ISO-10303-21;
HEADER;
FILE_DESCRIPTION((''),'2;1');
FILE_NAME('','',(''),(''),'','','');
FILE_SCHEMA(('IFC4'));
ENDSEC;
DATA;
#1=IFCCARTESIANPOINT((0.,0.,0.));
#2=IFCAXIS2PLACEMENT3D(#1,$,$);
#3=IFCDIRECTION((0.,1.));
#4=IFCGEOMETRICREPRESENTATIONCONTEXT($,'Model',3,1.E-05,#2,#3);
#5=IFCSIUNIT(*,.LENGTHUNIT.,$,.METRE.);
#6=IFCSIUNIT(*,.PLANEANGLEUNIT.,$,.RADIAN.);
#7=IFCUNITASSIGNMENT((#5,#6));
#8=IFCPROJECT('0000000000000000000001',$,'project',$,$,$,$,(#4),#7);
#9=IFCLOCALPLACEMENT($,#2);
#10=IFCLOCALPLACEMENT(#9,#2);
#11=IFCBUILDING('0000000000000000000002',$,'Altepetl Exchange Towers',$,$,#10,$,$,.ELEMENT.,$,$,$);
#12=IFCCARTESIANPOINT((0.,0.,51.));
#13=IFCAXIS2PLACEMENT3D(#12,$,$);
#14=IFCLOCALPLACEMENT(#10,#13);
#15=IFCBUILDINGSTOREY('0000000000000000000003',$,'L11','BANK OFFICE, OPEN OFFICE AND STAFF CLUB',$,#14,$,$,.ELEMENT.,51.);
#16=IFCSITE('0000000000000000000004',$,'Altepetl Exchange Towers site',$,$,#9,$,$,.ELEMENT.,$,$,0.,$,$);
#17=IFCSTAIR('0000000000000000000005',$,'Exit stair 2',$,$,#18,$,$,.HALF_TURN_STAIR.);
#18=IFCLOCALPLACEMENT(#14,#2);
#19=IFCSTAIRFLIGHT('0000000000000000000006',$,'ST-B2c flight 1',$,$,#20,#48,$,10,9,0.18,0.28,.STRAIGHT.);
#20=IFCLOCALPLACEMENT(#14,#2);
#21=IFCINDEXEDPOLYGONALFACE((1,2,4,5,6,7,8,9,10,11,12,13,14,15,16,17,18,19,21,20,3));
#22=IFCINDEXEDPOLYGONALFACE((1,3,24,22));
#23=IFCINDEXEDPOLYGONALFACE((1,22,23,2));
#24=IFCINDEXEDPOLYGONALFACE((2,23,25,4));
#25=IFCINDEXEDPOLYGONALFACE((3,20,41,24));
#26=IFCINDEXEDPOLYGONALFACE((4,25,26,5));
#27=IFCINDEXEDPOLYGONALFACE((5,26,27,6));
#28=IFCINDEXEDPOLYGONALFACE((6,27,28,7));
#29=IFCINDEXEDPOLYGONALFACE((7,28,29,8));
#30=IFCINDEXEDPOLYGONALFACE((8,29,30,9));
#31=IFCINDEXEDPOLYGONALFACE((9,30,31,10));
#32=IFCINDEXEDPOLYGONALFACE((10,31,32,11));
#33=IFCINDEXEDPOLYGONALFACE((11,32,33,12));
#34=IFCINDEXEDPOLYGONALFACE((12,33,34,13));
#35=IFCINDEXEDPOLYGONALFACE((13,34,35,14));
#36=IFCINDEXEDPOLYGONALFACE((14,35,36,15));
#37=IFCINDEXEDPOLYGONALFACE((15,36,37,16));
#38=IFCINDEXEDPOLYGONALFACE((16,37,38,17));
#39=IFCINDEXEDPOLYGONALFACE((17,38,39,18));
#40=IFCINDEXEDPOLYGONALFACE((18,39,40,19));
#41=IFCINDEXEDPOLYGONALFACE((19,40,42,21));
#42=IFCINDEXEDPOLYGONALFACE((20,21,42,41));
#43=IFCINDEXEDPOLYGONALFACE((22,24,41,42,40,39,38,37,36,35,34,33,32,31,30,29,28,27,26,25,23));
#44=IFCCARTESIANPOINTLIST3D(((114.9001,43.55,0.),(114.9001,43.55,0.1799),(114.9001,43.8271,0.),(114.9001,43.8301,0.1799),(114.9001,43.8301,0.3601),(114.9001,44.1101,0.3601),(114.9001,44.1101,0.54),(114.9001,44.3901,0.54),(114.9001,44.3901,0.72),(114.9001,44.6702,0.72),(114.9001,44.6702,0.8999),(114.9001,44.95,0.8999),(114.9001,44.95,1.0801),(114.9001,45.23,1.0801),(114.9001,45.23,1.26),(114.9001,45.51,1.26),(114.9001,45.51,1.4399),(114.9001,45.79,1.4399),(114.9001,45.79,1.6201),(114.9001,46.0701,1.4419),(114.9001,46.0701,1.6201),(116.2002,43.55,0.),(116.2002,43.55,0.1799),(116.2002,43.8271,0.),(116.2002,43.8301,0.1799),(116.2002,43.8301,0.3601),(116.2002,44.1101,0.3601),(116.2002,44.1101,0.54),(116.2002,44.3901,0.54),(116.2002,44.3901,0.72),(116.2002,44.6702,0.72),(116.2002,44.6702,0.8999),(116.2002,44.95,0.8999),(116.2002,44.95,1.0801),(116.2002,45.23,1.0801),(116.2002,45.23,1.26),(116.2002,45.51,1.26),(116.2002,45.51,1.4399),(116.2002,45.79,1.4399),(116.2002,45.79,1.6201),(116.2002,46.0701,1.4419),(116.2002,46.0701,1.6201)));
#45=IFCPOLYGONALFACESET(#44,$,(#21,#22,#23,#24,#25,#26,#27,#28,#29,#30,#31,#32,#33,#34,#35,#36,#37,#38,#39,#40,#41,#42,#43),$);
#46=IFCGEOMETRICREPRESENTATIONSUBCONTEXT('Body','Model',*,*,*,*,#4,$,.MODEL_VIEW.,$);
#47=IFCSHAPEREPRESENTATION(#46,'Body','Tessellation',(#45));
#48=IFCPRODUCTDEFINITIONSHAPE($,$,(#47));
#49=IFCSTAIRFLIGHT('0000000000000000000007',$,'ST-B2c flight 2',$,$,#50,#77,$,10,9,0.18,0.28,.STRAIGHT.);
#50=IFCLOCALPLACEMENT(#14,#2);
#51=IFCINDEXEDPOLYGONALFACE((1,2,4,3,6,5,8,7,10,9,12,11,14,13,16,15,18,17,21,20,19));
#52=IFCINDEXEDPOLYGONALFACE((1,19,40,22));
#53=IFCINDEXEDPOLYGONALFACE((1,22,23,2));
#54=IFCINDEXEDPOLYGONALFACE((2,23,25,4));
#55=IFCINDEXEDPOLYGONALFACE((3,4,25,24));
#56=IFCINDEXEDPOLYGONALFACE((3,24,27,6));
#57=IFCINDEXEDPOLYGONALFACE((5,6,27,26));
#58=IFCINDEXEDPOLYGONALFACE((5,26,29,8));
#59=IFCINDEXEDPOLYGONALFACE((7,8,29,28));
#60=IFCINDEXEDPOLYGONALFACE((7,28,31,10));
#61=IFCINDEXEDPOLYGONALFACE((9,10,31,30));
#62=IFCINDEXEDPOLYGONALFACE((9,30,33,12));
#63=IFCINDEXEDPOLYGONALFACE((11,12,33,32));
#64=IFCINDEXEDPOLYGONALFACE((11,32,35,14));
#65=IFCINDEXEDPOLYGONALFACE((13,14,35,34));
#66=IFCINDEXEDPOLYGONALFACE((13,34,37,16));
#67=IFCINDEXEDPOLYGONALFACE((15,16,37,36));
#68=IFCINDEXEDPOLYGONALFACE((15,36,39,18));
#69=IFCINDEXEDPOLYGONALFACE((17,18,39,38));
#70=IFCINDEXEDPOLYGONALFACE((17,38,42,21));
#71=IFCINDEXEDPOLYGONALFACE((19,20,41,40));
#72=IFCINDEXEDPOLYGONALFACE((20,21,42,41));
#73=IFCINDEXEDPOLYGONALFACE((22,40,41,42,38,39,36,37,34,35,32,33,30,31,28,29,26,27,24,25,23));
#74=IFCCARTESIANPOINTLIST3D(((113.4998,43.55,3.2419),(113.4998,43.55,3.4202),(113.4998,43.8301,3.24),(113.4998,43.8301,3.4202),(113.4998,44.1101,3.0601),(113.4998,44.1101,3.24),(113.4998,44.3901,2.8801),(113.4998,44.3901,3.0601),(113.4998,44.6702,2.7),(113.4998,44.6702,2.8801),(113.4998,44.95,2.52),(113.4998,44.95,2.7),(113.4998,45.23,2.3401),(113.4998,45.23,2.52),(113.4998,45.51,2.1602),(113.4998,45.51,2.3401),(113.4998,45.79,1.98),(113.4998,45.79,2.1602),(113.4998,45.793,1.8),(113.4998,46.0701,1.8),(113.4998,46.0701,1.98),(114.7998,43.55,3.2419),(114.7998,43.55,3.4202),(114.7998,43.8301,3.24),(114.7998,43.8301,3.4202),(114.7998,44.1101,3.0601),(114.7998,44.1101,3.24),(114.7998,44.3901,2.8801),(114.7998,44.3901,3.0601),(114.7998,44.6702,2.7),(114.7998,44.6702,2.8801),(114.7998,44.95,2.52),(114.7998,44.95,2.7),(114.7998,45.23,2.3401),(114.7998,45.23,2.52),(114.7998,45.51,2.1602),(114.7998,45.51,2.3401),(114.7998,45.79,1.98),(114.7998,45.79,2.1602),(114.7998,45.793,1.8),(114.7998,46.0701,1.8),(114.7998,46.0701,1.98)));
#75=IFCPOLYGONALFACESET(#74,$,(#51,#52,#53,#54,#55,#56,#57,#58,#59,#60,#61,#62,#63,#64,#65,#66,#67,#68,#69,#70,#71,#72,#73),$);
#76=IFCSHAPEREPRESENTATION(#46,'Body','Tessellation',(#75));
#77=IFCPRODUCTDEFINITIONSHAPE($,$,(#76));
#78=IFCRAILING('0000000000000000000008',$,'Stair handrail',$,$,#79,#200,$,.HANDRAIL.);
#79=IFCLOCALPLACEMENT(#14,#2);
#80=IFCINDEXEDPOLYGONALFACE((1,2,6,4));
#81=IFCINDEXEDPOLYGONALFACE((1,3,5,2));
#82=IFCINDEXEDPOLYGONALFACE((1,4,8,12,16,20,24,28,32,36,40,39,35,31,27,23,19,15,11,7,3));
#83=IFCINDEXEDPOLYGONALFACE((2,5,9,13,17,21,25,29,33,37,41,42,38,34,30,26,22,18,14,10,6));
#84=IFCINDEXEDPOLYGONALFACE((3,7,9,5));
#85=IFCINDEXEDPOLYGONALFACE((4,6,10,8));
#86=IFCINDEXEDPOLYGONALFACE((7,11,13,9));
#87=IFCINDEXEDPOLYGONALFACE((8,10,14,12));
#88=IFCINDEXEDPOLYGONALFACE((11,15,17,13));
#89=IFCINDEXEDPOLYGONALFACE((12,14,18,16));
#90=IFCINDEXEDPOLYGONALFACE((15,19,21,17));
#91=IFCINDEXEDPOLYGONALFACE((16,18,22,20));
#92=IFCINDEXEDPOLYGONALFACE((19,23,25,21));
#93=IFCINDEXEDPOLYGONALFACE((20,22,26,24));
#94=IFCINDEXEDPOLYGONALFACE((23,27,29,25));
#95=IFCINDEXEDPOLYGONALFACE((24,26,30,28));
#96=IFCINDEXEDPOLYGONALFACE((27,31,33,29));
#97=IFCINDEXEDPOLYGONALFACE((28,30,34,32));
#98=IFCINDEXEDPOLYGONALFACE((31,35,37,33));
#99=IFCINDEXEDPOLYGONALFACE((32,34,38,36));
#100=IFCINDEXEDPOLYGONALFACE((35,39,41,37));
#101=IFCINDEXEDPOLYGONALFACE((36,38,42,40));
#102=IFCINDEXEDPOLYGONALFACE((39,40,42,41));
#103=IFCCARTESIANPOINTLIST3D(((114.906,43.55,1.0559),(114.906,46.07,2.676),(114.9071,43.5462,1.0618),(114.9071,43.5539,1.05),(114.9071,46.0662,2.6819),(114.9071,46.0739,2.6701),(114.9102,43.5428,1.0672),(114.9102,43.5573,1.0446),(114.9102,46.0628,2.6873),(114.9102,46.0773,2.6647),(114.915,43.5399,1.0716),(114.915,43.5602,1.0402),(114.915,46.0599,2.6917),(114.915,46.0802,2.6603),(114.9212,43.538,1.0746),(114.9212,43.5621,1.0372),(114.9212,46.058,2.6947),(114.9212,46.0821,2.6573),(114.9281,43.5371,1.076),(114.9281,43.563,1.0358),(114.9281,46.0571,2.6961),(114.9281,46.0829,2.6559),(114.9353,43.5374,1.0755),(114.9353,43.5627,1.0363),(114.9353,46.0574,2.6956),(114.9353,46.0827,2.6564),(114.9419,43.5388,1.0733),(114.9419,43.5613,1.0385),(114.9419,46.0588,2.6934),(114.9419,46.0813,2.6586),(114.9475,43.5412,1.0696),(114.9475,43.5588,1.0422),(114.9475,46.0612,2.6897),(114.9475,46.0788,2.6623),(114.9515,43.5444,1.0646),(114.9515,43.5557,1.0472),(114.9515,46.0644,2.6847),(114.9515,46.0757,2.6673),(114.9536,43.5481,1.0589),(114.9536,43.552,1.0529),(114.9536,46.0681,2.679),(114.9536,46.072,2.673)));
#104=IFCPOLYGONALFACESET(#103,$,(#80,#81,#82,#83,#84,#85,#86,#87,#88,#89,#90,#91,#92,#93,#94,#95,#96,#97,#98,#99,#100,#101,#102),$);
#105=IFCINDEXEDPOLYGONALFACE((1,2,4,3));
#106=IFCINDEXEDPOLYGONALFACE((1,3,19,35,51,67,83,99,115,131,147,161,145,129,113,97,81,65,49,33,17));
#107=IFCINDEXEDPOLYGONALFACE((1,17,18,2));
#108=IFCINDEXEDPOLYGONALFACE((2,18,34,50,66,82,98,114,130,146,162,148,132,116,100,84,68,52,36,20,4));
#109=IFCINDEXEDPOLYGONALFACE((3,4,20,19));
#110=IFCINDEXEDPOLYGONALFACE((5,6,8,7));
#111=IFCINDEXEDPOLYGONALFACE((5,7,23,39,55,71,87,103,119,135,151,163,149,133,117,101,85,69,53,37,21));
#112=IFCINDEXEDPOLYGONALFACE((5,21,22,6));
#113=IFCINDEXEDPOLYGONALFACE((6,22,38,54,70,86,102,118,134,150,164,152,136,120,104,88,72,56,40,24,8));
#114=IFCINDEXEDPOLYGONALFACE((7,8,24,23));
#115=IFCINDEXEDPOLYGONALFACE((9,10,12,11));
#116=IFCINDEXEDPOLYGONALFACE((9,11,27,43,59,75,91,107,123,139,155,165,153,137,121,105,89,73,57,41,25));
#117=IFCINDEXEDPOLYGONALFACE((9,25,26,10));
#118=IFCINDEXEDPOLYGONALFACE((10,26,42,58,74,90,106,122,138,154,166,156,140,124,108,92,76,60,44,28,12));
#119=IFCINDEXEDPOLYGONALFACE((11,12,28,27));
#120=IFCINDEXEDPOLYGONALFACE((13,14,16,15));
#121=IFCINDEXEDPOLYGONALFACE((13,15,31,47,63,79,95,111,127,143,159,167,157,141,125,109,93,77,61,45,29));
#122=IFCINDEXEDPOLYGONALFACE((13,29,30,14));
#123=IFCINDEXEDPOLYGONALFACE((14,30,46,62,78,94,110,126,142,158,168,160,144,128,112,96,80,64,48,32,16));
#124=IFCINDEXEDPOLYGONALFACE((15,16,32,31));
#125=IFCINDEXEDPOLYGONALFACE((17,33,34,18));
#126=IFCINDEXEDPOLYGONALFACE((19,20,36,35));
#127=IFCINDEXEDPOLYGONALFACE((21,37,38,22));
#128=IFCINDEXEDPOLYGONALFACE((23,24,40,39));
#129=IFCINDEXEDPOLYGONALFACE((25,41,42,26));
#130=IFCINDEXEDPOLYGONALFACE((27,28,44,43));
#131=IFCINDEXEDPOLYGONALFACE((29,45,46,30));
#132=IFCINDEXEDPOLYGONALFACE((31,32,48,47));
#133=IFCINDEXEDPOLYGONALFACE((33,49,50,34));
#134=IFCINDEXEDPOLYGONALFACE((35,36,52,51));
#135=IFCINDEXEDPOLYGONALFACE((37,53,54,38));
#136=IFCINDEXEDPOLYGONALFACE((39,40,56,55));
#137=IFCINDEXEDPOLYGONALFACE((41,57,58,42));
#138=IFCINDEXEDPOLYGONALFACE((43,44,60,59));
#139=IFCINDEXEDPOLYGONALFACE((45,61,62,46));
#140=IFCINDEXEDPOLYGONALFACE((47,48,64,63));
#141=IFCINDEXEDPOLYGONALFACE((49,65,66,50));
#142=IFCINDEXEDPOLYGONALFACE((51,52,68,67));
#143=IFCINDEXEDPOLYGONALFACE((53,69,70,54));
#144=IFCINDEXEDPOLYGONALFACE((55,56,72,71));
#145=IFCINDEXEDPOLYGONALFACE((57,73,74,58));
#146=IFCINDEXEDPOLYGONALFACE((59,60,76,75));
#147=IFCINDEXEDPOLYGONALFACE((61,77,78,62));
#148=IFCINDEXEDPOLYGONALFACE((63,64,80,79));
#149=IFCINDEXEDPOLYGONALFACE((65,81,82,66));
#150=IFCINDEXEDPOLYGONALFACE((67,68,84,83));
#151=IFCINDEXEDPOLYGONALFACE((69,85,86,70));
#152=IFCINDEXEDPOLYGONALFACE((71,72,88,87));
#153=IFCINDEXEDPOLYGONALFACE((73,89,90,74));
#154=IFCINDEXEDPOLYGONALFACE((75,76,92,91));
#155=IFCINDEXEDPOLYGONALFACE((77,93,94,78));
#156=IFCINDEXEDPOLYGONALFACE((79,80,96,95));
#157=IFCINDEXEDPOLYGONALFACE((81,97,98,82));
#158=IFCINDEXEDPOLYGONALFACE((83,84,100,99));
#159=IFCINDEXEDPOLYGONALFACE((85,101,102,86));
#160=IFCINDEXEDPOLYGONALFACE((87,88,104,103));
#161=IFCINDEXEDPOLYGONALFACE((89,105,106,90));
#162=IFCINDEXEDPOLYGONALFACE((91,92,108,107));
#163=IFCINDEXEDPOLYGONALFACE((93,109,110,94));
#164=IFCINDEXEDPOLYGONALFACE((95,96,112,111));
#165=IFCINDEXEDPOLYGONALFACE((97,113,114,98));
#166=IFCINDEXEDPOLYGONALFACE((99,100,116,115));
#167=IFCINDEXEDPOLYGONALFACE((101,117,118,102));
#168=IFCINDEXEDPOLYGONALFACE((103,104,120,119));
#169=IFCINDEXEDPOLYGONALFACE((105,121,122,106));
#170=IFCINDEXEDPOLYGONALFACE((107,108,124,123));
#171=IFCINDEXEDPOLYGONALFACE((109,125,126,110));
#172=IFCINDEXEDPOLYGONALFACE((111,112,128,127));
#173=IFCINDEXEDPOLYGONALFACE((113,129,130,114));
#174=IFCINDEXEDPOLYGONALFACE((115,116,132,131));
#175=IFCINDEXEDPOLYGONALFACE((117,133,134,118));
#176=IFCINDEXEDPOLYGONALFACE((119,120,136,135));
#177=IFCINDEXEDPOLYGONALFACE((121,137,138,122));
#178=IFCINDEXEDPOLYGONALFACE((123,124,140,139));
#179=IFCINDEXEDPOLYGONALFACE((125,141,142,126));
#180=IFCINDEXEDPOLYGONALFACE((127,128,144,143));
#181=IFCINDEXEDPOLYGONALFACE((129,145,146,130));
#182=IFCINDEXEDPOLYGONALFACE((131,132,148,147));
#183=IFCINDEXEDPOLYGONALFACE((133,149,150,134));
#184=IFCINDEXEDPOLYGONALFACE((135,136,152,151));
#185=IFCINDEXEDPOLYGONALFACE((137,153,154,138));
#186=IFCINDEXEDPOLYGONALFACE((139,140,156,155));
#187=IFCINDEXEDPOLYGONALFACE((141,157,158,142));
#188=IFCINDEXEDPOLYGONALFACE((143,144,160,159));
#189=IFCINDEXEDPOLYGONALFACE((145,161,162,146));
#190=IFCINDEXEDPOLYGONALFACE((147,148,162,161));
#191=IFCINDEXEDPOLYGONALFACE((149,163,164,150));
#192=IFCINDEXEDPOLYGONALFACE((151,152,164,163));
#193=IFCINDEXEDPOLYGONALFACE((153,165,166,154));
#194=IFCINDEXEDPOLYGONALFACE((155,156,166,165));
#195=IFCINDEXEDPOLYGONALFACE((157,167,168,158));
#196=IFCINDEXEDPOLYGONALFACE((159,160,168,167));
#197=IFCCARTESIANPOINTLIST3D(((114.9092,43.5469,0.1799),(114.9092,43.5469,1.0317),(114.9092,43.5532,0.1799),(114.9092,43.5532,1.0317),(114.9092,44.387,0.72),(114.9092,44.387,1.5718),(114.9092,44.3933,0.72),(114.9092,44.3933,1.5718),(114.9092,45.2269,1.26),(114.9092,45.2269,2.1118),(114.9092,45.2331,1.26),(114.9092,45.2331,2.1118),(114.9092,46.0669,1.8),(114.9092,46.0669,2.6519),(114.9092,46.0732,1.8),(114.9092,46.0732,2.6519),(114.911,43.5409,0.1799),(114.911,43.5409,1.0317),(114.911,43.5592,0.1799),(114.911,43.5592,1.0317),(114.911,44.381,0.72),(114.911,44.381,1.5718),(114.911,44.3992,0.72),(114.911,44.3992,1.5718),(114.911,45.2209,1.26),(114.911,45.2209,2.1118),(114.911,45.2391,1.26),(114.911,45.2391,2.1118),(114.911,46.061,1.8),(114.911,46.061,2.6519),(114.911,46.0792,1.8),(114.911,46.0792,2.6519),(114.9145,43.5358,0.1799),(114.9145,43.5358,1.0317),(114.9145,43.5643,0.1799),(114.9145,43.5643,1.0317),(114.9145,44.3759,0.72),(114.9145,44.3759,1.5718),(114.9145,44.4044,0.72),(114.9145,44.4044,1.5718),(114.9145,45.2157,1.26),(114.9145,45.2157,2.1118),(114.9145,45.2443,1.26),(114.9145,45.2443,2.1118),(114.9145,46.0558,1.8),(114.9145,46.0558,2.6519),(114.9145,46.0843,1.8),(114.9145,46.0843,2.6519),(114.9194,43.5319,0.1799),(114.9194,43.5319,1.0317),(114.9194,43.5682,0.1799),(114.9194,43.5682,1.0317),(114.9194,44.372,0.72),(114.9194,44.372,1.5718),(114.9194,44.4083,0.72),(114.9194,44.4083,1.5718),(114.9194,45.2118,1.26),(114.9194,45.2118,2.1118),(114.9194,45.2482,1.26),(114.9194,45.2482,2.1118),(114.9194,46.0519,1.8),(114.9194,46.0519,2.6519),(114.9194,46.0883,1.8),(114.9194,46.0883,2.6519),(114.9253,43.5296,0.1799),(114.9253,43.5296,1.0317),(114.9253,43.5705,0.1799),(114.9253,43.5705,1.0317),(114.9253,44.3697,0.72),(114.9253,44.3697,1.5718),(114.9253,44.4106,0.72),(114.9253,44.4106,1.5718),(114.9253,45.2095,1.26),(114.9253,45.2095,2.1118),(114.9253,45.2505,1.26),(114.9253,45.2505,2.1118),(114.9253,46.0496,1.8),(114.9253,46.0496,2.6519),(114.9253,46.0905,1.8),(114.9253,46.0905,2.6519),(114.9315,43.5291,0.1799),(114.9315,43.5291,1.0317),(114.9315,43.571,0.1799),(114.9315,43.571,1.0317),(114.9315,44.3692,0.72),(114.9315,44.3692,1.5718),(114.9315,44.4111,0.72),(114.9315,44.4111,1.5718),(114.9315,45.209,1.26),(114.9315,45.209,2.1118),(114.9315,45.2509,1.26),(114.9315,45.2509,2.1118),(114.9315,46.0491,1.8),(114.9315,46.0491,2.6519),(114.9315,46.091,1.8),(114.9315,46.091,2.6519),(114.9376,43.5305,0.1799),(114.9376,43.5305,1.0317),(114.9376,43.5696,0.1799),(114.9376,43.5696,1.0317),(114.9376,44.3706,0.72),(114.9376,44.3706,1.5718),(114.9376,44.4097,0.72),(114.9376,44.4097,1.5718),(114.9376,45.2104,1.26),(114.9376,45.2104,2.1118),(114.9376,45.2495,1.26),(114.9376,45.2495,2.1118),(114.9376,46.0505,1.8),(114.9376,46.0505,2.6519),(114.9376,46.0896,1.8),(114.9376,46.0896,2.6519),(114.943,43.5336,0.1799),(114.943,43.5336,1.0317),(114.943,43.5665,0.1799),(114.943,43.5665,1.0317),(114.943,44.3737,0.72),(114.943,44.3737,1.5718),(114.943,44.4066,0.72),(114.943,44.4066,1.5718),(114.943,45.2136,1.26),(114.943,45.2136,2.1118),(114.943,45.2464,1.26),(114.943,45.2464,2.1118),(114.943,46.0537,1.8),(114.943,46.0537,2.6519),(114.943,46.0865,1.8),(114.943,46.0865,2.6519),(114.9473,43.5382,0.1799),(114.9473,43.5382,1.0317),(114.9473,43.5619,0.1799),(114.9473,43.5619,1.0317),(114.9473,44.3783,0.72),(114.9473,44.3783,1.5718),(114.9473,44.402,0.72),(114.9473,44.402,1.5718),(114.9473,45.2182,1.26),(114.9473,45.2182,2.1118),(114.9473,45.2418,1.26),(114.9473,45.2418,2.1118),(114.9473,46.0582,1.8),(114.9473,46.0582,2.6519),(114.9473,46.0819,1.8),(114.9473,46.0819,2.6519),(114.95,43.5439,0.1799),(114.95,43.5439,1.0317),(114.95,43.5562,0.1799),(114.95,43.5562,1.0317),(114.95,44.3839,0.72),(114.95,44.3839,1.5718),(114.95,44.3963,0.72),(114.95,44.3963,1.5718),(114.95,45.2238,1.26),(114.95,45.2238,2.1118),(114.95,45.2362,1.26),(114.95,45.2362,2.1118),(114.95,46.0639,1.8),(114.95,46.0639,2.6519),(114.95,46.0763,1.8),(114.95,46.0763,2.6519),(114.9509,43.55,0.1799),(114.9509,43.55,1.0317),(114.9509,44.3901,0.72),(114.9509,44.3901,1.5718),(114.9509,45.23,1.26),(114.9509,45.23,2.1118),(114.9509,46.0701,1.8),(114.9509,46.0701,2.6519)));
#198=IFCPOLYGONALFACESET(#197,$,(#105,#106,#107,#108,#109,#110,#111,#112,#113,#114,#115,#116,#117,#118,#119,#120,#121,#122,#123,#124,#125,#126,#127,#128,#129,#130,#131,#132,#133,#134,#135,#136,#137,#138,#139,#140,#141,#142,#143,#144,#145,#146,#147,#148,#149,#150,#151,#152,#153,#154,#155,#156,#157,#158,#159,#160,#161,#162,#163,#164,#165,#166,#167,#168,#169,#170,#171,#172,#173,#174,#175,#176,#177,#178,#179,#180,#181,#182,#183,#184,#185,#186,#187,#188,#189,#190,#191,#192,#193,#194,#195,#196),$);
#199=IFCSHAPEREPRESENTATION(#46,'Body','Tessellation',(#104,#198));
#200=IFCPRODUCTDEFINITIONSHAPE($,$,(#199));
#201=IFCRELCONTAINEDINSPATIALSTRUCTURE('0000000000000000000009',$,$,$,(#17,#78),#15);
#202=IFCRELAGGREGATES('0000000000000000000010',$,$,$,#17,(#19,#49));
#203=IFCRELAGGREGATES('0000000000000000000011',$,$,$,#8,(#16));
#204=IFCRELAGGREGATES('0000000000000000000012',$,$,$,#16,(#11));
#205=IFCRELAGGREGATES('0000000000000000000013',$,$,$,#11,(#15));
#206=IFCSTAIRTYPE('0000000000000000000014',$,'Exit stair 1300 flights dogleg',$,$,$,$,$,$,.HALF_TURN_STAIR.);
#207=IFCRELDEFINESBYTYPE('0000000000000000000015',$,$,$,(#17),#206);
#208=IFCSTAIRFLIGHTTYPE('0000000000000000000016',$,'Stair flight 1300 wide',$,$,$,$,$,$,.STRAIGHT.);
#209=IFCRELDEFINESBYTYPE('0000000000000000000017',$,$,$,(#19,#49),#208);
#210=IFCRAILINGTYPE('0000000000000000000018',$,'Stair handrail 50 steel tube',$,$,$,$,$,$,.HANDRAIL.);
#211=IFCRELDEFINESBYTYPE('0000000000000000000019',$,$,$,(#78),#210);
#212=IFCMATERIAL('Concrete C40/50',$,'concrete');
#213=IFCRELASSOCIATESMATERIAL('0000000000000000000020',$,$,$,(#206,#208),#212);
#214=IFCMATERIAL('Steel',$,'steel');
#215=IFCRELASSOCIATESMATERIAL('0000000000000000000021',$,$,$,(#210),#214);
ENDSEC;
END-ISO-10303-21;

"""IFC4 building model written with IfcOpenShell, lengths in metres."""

from ifc_helpers import new_model, si_unit, direction, frame, origin, origin_2d, place, context, subcontext, project, spatial, polyline, circle, outline, extrude, source, transform, mapped, material, type_object, element, aggregate, save


model = new_model("IFC4")

# Units and contexts
model_context = context("Model", 3, precision=1e-05, world=origin(), true_north=direction((0.0, 1.0)))
body_context = subcontext(model_context, "Body", "Model", "MODEL_VIEW")
ifc_project = project(units=[si_unit("LENGTHUNIT", "METRE"), si_unit("PLANEANGLEUNIT", "RADIAN")], contexts=[model_context])

# Site, building, storey
site_placement = place(None, origin())
site = spatial("IfcSite", under=ifc_project, at=site_placement, Name="Altepetl Exchange Towers site", CompositionType="ELEMENT", RefElevation=0.0)
building_placement = place(site_placement, origin())
building = spatial("IfcBuilding", under=site, at=building_placement, Name="Altepetl Exchange Towers", CompositionType="ELEMENT")
storey_placement = place(building_placement, frame((0.0, 0.0, 51.0)))
storey = spatial("IfcBuildingStorey", under=building, at=storey_placement, Name="L11", Description="BANK OFFICE, OPEN OFFICE AND STAFF CLUB", CompositionType="ELEMENT", Elevation=51.0)

# Shared definitions
ifc_material_1 = material(Name="Concrete C40/50", Category="concrete")

# Stair, stair flights
stair_type = type_object("IfcStairType", Name="Exit stair 1300 flights dogleg", PredefinedType="HALF_TURN_STAIR", material=ifc_material_1)
stair_placement = place(storey_placement, origin())
stair = element("IfcStair", 1, at=stair_placement, inside=storey, type_object=stair_type, Name="Exit stair 2", PredefinedType="HALF_TURN_STAIR")
stair_flight_type = type_object("IfcStairFlightType", Name="Stair flight 1300 wide", PredefinedType="STRAIGHT", material=ifc_material_1)
stair_flight_1_placement = place(storey_placement, frame((115.55, 43.55, 0.0), z_axis=(0.0, 0.0, 1.0), x_axis=(0.0, 1.0, 0.0)))
stair_flight_1 = element("IfcStairFlight", 2, at=stair_flight_1_placement, type_object=stair_flight_type, Name="ST-B2c flight 1", NumberOfRisers=10, NumberOfTreads=9, PredefinedType="STRAIGHT", RiserHeight=0.18, TreadLength=0.28, context=body_context, shape_type="SweptSolid", body=[
    extrude(outline(polyline([(0.0, 0.0), (0.0, 0.1799), (0.28, 0.1799), (0.28, 0.3601), (0.5601, 0.3601), (0.5601, 0.54), (0.8401, 0.54), (0.8401, 0.72), (1.1201, 0.72), (1.1201, 0.8999), (1.3999, 0.8999), (1.3999, 1.0801), (1.6799, 1.0801), (1.6799, 1.26), (1.96, 1.26), (1.96, 1.4399), (2.24, 1.4399), (2.24, 1.6201), (2.52, 1.6201), (2.52, 1.8), (2.52, 1.4419), (0.2771, 0.0), (0.0, 0.0)])), frame((0.0, 0.6499, 0.0), z_axis=(0.0, -1.0, 0.0), x_axis=(1.0, 0.0, 0.0)), (0.0, 0.0, 1.0), 1.3),
])
stair_flight_2_placement = place(storey_placement, frame((114.1499, 46.0701, 1.8), z_axis=(0.0, 0.0, 1.0), x_axis=(0.0, -1.0, 0.0)))
stair_flight_2 = element("IfcStairFlight", 3, at=stair_flight_2_placement, type_object=stair_flight_type, Name="ST-B2c flight 2", NumberOfRisers=10, NumberOfTreads=9, PredefinedType="STRAIGHT", RiserHeight=0.18, TreadLength=0.28, context=body_context, shape_type="SweptSolid", body=[
    extrude(outline(polyline([(0.0, 0.0), (0.0, 0.1799), (0.28, 0.1799), (0.28, 0.3601), (0.5601, 0.3601), (0.5601, 0.54), (0.8401, 0.54), (0.8401, 0.72), (1.1201, 0.72), (1.1201, 0.8999), (1.3999, 0.8999), (1.3999, 1.0801), (1.6799, 1.0801), (1.6799, 1.26), (1.96, 1.26), (1.96, 1.4399), (2.24, 1.4399), (2.24, 1.6201), (2.52, 1.6201), (2.52, 1.8), (2.52, 1.4419), (0.2771, 0.0), (0.0, 0.0)])), frame((0.0, 0.6499, 0.0), z_axis=(0.0, -1.0, 0.0), x_axis=(1.0, 0.0, 0.0)), (0.0, 0.0, 1.0), 1.3),
])
aggregate(stair, [stair_flight_1, stair_flight_2])

# Railing
ifc_material_2 = material(Name="Steel", Category="steel")
railing_type = type_object("IfcRailingType", Name="Stair handrail 50 steel tube", PredefinedType="HANDRAIL", material=ifc_material_2)
shared_shape = source(origin(), body_context, "Body", "SweptSolid", [
    extrude(circle(Radius=0.021, at=origin_2d()), origin(), (0.0, 0.0, 1.0), 0.8518),
])
railing_1_placement = place(storey_placement, frame((114.9299, 43.55, 0.1799)))
element("IfcRailing", 4, at=railing_1_placement, inside=storey, type_object=railing_type, Name="Stair handrail", PredefinedType="HANDRAIL", context=body_context, shape_type="SweptSolid", body=[
    extrude(circle(Radius=0.0239, at=origin_2d()), frame((0.0, 0.0, 0.876), z_axis=(0.0, 0.841163, 0.540782), x_axis=(-1.0, 0.0, 0.0)), (0.0, 0.0, 1.0), 2.9958),
    mapped(shared_shape, transform((0.0, 0.0, 0.0))),
    mapped(shared_shape, transform((0.0, 0.8401, 0.54))),
    mapped(shared_shape, transform((0.0, 1.6799, 1.0801))),
    mapped(shared_shape, transform((0.0, 2.52, 1.6201))),
])

save(model, "model.ifc")
